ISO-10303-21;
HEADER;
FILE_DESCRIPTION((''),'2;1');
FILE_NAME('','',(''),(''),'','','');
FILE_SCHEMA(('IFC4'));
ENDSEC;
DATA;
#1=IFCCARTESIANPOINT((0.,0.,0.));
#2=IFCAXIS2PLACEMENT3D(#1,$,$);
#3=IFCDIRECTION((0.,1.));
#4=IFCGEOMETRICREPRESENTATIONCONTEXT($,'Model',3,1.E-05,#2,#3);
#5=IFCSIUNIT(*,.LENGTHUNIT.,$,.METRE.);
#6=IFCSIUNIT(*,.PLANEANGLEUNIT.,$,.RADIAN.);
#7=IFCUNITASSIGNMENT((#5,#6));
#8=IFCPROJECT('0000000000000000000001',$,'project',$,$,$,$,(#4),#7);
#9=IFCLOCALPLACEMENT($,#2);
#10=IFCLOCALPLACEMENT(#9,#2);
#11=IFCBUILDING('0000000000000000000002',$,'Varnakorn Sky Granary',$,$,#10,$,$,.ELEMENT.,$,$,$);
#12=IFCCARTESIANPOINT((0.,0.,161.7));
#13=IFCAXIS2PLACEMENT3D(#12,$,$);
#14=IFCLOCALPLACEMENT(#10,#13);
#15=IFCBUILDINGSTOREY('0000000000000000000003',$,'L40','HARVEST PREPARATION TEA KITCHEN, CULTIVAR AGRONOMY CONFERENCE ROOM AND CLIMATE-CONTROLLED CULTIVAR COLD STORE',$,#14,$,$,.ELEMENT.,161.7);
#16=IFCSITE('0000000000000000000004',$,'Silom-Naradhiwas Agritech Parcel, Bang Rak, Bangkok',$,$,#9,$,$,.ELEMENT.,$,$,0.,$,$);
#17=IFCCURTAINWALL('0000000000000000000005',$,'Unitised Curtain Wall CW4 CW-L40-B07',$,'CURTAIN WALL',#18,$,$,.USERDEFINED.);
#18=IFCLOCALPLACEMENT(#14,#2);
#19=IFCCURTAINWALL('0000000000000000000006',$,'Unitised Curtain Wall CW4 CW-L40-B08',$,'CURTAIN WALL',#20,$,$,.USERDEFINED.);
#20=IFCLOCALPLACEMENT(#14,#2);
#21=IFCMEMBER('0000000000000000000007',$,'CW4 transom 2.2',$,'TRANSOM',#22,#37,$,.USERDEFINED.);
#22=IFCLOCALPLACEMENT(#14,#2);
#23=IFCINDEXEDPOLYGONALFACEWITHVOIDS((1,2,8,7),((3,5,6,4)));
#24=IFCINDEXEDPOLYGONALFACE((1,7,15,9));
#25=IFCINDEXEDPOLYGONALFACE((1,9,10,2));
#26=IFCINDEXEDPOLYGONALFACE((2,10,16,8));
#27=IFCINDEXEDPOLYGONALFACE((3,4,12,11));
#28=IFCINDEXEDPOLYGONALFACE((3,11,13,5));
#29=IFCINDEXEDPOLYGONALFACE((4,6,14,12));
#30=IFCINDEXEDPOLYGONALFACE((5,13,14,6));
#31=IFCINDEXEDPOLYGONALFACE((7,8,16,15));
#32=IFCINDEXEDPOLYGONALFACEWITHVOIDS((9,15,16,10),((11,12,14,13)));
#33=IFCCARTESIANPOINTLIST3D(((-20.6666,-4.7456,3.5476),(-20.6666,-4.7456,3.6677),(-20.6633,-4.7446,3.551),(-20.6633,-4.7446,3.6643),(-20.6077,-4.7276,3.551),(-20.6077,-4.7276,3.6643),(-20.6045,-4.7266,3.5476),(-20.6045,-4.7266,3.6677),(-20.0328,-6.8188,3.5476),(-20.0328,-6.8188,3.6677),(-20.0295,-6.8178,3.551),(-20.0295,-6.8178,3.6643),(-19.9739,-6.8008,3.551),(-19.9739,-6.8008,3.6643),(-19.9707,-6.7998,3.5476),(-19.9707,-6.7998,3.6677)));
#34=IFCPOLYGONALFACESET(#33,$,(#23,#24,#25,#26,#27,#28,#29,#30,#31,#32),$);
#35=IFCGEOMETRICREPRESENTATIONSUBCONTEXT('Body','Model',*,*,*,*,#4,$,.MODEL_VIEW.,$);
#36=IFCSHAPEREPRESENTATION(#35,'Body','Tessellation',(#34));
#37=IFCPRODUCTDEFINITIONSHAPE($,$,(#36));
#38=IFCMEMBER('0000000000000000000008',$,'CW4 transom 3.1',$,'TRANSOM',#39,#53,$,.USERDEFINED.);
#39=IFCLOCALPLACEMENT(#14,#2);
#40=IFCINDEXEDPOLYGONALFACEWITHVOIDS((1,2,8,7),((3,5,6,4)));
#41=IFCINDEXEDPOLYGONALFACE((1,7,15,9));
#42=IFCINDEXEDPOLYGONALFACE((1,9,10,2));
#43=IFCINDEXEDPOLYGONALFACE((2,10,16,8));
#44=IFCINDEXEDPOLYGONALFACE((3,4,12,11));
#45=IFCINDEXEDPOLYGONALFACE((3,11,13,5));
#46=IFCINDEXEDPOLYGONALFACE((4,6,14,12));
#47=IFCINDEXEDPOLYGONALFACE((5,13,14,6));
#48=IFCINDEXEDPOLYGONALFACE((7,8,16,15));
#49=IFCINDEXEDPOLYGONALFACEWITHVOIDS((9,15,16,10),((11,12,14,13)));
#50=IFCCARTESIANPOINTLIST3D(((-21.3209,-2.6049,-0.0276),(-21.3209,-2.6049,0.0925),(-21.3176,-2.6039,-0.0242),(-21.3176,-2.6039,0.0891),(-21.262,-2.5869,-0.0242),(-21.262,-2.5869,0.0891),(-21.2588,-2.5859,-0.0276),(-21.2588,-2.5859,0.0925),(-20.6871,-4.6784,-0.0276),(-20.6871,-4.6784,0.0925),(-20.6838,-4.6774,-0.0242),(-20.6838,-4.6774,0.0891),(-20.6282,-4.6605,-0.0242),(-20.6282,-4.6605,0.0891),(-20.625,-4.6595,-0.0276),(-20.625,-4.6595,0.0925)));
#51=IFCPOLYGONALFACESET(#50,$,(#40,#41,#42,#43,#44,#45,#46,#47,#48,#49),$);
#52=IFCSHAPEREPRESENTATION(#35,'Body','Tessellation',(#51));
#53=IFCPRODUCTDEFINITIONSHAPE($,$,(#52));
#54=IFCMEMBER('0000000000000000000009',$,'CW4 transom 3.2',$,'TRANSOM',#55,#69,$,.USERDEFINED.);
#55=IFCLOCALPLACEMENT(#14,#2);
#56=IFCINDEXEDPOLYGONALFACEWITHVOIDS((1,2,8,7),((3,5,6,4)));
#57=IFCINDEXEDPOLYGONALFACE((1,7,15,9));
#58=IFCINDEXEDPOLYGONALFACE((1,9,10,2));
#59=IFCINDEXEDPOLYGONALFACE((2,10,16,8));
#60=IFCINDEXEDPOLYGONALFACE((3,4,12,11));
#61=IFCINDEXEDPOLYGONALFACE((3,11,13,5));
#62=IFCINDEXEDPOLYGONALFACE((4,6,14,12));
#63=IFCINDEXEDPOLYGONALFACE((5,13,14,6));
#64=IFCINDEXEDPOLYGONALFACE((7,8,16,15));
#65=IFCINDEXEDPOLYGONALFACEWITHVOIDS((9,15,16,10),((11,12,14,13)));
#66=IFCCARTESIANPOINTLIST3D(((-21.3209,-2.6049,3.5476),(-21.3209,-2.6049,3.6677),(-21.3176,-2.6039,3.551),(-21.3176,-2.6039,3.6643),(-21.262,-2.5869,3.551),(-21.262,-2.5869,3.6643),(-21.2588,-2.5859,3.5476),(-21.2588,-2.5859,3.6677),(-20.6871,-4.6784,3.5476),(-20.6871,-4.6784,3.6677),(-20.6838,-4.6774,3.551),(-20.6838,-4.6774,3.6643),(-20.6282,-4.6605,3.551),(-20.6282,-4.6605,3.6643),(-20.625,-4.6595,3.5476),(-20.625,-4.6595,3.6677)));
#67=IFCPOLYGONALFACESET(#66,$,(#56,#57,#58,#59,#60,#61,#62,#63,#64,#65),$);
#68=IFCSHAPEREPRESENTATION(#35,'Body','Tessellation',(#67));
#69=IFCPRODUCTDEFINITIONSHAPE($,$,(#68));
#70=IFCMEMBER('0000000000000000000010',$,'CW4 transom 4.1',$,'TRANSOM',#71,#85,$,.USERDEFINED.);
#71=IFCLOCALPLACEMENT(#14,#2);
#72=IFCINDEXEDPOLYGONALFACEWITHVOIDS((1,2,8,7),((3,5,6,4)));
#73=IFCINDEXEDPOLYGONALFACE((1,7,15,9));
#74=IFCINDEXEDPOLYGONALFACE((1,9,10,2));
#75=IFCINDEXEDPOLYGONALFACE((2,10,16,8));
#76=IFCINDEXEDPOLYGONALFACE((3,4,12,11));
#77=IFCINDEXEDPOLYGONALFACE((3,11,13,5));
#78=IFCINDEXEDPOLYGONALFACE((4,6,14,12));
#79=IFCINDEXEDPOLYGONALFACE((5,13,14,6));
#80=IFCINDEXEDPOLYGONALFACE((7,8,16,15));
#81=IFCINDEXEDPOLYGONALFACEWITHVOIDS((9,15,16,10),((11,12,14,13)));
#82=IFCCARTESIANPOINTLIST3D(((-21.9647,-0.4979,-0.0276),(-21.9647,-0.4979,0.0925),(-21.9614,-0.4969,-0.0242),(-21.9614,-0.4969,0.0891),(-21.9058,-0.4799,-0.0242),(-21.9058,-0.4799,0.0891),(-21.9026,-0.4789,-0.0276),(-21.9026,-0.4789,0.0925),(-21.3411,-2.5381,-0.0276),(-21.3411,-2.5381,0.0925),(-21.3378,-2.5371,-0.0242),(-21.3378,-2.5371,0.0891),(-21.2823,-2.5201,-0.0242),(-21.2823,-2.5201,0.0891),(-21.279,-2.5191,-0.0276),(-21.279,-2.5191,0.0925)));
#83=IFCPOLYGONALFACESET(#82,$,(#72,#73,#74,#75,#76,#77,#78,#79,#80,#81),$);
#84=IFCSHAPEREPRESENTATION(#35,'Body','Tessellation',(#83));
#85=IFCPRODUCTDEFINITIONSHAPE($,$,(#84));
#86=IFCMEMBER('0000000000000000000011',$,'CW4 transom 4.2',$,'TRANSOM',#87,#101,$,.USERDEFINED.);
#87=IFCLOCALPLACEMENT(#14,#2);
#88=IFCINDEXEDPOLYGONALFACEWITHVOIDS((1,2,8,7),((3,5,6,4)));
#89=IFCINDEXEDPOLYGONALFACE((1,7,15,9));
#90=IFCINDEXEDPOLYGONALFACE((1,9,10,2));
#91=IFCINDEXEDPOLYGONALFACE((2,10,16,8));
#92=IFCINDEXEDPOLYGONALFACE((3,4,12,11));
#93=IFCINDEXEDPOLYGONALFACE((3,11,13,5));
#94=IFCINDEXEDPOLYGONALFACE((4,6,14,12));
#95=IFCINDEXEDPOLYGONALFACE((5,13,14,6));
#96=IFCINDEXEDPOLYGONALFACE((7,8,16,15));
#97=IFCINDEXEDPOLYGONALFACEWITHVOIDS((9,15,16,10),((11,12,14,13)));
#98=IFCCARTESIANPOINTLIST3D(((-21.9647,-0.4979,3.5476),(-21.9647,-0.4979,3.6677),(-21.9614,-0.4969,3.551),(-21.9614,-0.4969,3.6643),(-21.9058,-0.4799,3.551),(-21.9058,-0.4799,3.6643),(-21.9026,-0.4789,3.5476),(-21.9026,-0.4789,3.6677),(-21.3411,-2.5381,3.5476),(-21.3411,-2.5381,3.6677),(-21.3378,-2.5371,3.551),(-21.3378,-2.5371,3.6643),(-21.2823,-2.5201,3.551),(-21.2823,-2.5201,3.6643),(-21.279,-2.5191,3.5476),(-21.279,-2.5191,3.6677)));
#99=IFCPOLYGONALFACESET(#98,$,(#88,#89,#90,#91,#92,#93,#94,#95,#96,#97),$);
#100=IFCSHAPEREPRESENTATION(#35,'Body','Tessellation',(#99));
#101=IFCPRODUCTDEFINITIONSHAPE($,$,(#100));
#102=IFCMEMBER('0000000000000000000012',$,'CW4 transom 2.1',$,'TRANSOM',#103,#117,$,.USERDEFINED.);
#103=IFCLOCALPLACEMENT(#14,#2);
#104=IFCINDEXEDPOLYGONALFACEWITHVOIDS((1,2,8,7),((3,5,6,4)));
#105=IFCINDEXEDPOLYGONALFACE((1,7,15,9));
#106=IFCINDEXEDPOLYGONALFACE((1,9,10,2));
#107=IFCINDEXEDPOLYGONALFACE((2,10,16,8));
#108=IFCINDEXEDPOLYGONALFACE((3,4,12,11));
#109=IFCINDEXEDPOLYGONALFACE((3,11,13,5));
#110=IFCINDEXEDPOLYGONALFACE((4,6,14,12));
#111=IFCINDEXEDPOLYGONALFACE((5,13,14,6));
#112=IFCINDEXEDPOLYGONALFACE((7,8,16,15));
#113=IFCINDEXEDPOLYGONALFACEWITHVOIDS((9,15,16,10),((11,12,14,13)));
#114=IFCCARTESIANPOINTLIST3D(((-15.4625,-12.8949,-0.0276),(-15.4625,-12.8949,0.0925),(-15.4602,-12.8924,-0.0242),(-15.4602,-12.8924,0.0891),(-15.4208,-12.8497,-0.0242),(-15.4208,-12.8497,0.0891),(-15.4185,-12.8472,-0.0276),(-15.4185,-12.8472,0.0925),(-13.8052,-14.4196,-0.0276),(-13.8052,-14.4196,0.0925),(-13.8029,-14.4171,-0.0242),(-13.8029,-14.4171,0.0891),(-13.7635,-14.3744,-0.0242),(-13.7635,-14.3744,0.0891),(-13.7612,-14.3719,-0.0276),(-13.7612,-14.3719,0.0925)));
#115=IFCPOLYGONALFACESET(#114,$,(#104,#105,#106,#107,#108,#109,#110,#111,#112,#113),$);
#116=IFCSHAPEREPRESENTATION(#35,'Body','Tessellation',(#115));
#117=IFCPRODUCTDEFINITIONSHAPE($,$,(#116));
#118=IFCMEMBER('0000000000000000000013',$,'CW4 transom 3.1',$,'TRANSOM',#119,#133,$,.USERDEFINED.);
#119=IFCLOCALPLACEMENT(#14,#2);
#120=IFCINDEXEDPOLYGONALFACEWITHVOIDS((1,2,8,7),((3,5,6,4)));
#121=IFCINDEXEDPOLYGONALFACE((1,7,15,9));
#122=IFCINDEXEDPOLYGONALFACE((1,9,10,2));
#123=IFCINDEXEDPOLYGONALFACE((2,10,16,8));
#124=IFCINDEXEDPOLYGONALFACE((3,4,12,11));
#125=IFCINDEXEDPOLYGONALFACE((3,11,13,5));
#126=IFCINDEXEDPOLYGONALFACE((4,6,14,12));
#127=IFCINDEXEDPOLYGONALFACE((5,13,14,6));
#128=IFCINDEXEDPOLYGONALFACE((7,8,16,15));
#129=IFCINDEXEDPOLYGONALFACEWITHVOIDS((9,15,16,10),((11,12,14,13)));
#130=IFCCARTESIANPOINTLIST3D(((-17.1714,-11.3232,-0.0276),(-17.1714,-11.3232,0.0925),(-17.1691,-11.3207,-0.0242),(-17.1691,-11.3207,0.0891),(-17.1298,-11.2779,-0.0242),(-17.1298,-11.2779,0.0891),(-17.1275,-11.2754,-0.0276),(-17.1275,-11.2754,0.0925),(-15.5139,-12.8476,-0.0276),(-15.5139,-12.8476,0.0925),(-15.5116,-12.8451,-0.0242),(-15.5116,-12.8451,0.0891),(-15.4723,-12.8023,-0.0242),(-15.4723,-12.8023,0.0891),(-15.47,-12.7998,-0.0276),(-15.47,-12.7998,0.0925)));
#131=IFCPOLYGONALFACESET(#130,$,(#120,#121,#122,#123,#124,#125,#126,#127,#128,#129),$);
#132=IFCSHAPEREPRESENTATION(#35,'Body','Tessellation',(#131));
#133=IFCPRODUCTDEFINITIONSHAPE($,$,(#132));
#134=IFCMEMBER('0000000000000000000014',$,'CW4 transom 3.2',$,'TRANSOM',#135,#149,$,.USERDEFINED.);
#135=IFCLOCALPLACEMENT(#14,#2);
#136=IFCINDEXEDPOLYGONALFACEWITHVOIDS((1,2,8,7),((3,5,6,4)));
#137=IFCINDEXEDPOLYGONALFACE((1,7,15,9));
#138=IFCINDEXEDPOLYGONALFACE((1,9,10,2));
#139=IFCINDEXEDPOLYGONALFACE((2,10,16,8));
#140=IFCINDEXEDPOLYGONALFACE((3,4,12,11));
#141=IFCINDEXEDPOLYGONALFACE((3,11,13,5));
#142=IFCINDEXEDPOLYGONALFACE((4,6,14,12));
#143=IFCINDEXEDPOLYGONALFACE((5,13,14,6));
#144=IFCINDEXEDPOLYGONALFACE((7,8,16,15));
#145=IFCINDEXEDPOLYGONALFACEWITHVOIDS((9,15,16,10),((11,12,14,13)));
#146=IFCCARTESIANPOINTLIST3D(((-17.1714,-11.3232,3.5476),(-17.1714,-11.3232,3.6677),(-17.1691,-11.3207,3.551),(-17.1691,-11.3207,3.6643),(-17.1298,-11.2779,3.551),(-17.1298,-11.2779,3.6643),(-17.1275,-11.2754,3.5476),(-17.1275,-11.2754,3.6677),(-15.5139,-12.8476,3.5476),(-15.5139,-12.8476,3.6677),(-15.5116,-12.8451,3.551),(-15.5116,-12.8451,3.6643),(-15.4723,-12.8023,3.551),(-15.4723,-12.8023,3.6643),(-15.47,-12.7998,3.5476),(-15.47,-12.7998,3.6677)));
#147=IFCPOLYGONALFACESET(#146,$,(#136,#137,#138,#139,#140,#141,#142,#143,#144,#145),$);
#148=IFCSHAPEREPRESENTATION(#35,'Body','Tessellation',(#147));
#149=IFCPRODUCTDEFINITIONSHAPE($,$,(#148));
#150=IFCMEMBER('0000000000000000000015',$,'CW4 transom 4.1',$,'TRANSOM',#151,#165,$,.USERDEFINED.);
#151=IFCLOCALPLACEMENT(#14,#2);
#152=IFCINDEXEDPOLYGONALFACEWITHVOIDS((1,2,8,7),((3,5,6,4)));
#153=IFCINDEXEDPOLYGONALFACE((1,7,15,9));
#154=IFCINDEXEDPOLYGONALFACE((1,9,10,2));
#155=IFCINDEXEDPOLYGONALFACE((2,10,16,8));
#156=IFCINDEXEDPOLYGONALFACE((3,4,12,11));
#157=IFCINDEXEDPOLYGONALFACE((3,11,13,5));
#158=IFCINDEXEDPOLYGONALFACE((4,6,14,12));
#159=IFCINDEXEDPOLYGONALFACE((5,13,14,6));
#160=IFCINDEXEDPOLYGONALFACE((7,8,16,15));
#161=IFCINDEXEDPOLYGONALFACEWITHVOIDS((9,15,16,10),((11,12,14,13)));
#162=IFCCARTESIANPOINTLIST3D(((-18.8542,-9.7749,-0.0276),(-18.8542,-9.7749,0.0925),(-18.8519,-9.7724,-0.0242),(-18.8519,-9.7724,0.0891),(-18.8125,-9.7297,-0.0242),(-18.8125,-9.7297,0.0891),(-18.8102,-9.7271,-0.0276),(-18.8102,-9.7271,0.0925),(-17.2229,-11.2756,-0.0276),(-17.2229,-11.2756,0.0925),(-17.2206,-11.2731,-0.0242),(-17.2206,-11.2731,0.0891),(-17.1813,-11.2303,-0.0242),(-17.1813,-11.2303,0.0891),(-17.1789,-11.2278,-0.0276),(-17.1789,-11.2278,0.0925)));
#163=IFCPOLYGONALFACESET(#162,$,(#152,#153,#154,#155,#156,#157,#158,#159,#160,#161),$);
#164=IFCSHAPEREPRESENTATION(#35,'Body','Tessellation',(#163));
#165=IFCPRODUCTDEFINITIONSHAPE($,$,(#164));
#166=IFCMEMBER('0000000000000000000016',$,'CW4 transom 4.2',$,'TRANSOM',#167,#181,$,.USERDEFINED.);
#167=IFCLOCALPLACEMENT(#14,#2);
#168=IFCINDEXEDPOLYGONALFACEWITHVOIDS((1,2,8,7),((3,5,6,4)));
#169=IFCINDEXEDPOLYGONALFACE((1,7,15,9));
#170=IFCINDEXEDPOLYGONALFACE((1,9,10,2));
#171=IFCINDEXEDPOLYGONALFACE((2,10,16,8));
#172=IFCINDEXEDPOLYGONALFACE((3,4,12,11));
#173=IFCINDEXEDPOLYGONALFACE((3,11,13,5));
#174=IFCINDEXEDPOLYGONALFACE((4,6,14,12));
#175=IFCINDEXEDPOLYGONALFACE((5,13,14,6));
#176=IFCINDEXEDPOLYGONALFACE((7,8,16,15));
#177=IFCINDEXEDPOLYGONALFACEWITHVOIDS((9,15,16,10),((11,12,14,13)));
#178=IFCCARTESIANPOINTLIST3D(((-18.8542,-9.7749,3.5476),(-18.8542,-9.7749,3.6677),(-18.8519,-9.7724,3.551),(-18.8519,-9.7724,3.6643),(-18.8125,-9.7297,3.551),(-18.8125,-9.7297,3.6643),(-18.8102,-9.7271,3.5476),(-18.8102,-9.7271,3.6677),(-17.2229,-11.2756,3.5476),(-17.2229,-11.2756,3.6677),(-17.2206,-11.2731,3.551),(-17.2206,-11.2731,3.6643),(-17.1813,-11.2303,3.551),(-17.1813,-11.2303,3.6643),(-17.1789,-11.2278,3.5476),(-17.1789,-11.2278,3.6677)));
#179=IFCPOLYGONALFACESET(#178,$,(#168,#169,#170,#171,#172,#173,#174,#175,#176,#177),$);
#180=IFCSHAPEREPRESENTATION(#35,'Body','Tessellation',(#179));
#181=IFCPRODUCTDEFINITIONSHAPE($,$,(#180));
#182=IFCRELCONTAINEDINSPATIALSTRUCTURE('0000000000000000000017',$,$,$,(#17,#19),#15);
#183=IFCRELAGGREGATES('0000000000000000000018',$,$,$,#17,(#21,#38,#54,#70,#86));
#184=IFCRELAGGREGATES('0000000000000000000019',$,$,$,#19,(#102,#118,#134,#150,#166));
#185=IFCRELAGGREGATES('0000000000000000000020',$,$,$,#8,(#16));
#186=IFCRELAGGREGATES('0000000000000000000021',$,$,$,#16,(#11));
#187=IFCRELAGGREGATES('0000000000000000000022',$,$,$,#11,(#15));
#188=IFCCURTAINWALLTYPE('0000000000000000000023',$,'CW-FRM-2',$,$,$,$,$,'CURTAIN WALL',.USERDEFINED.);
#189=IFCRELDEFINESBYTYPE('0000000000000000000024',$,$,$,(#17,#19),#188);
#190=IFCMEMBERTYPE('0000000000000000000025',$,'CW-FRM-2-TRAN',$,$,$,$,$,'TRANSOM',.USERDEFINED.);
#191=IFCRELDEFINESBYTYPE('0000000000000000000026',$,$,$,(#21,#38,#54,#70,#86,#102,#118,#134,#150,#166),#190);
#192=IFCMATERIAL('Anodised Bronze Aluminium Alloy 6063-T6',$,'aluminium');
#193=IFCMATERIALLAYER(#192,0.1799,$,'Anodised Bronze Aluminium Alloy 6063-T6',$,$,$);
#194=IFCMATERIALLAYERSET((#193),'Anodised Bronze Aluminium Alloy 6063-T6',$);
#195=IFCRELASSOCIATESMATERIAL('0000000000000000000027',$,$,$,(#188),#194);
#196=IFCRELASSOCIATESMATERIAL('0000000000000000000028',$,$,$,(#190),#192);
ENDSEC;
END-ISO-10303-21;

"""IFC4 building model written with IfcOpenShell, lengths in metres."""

from ifc_helpers import new_model, si_unit, direction, frame, origin, origin_2d, place, context, subcontext, project, spatial, hollow_rectangle, extrude, material, layer, layer_set, material_profile, profile_set, type_object, element, aggregate, save


model = new_model("IFC4")

# Units and contexts
model_context = context("Model", 3, precision=1e-05, world=origin(), true_north=direction((0.0, 1.0)))
body_context = subcontext(model_context, "Body", "Model", "MODEL_VIEW")
ifc_project = project(units=[si_unit("LENGTHUNIT", "METRE"), si_unit("PLANEANGLEUNIT", "RADIAN")], contexts=[model_context])

# Site, building, storey
site_placement = place(None, origin())
site = spatial("IfcSite", under=ifc_project, at=site_placement, Name="Silom-Naradhiwas Agritech Parcel, Bang Rak, Bangkok", CompositionType="ELEMENT", RefElevation=0.0)
building_placement = place(site_placement, origin())
building = spatial("IfcBuilding", under=site, at=building_placement, Name="Varnakorn Sky Granary", CompositionType="ELEMENT")
storey_placement = place(building_placement, frame((0.0, 0.0, 161.7)))
storey = spatial("IfcBuildingStorey", under=building, at=storey_placement, Name="L40", Description="HARVEST PREPARATION TEA KITCHEN, CULTIVAR AGRONOMY CONFERENCE ROOM AND CLIMATE-CONTROLLED CULTIVAR COLD STORE", CompositionType="ELEMENT", Elevation=161.7)

# Curtain walls
ifc_material_1 = material(Name="Anodised Bronze Aluminium Alloy 6063-T6", Category="aluminium")
ifc_layer_1 = layer(ifc_material_1, 0.1799, Name="Anodised Bronze Aluminium Alloy 6063-T6")
ifc_layer_set_1 = layer_set([ifc_layer_1], Name="Anodised Bronze Aluminium Alloy 6063-T6")
curtain_wall_type = type_object("IfcCurtainWallType", Name="CW-FRM-2", ElementType="CURTAIN WALL", PredefinedType="USERDEFINED", material=ifc_layer_set_1)
curtain_wall_1_placement = place(storey_placement, origin())
curtain_wall_1 = element("IfcCurtainWall", 1, at=curtain_wall_1_placement, inside=storey, type_object=curtain_wall_type, Name="Unitised Curtain Wall CW4 CW-L40-B07", ObjectType="CURTAIN WALL", PredefinedType="USERDEFINED")
curtain_wall_2_placement = place(storey_placement, origin())
curtain_wall_2 = element("IfcCurtainWall", 2, at=curtain_wall_2_placement, inside=storey, type_object=curtain_wall_type, Name="Unitised Curtain Wall CW4 CW-L40-B08", ObjectType="CURTAIN WALL", PredefinedType="USERDEFINED")

# Members
ifc_material_profile_1 = material_profile(ifc_material_1, hollow_rectangle(XDim=0.0649, YDim=0.1201, WallThickness=0.0034, at=origin_2d()), Name="ALU TRAN 65x120")
ifc_profile_set_1 = profile_set([ifc_material_profile_1], Name="Anodised Bronze Aluminium Alloy 6063-T6")
member_type_1 = type_object("IfcMemberType", Name="CW-FRM-2-TRAN", ElementType="TRANSOM", PredefinedType="USERDEFINED", material=ifc_profile_set_1)
member_1_placement = place(storey_placement, frame((-20.0017, -6.8093, 3.6077), z_axis=(-0.292344, 0.956313, 0.0), x_axis=(-0.956313, -0.292344, 0.0)))
member_1 = element("IfcMember", 3, at=member_1_placement, type_object=member_type_1, Name="CW4 transom 2.2", ObjectType="TRANSOM", PredefinedType="USERDEFINED", context=body_context, shape_type="SweptSolid", body=[
    extrude(hollow_rectangle(XDim=0.0649, YDim=0.1201, WallThickness=0.0034, at=origin_2d()), origin(), (0.0, 0.0, 1.0), 2.168),
])
member_2_placement = place(storey_placement, frame((-20.656, -4.6689, 0.0325), z_axis=(-0.292313, 0.956323, 0.0), x_axis=(-0.956323, -0.292313, 0.0)))
member_2 = element("IfcMember", 4, at=member_2_placement, type_object=member_type_1, Name="CW4 transom 3.1", ObjectType="TRANSOM", PredefinedType="USERDEFINED", context=body_context, shape_type="SweptSolid", body=[
    extrude(hollow_rectangle(XDim=0.0649, YDim=0.1201, WallThickness=0.0034, at=origin_2d()), origin(), (0.0, 0.0, 1.0), 2.1682),
])
member_3_placement = place(storey_placement, frame((-20.656, -4.6689, 3.6077), z_axis=(-0.292313, 0.956323, 0.0), x_axis=(-0.956323, -0.292313, 0.0)))
member_3 = element("IfcMember", 5, at=member_3_placement, type_object=member_type_1, Name="CW4 transom 3.2", ObjectType="TRANSOM", PredefinedType="USERDEFINED", context=body_context, shape_type="SweptSolid", body=[
    extrude(hollow_rectangle(XDim=0.0649, YDim=0.1201, WallThickness=0.0034, at=origin_2d()), origin(), (0.0, 0.0, 1.0), 2.1682),
])
member_4_placement = place(storey_placement, frame((-21.3101, -2.5286, 0.0325), z_axis=(-0.2923, 0.956327, 0.0), x_axis=(-0.956327, -0.2923, 0.0)))
member_4 = element("IfcMember", 6, at=member_4_placement, type_object=member_type_1, Name="CW4 transom 4.1", ObjectType="TRANSOM", PredefinedType="USERDEFINED", context=body_context, shape_type="SweptSolid", body=[
    extrude(hollow_rectangle(XDim=0.0649, YDim=0.1201, WallThickness=0.0034, at=origin_2d()), origin(), (0.0, 0.0, 1.0), 2.1333),
])
member_5_placement = place(storey_placement, frame((-21.3101, -2.5286, 3.6077), z_axis=(-0.2923, 0.956327, 0.0), x_axis=(-0.956327, -0.2923, 0.0)))
member_5 = element("IfcMember", 7, at=member_5_placement, type_object=member_type_1, Name="CW4 transom 4.2", ObjectType="TRANSOM", PredefinedType="USERDEFINED", context=body_context, shape_type="SweptSolid", body=[
    extrude(hollow_rectangle(XDim=0.0649, YDim=0.1201, WallThickness=0.0034, at=origin_2d()), origin(), (0.0, 0.0, 1.0), 2.1333),
])
member_6_placement = place(storey_placement, frame((-13.7832, -14.3958, 0.0325), z_axis=(-0.735929, 0.677059, 0.0), x_axis=(-0.677059, -0.735929, 0.0)))
member_6 = element("IfcMember", 8, at=member_6_placement, type_object=member_type_1, Name="CW4 transom 2.1", ObjectType="TRANSOM", PredefinedType="USERDEFINED", context=body_context, shape_type="SweptSolid", body=[
    extrude(hollow_rectangle(XDim=0.0649, YDim=0.1201, WallThickness=0.0034, at=origin_2d()), origin(), (0.0, 0.0, 1.0), 2.252),
])
member_7_placement = place(storey_placement, frame((-15.4919, -12.8237, 0.0325), z_axis=(-0.736033, 0.676946, 0.0), x_axis=(-0.676946, -0.736033, 0.0)))
member_7 = element("IfcMember", 9, at=member_7_placement, type_object=member_type_1, Name="CW4 transom 3.1", ObjectType="TRANSOM", PredefinedType="USERDEFINED", context=body_context, shape_type="SweptSolid", body=[
    extrude(hollow_rectangle(XDim=0.0649, YDim=0.1201, WallThickness=0.0034, at=origin_2d()), origin(), (0.0, 0.0, 1.0), 2.252),
])
member_8_placement = place(storey_placement, frame((-15.4919, -12.8237, 3.6077), z_axis=(-0.736033, 0.676946, 0.0), x_axis=(-0.676946, -0.736033, 0.0)))
member_8 = element("IfcMember", 10, at=member_8_placement, type_object=member_type_1, Name="CW4 transom 3.2", ObjectType="TRANSOM", PredefinedType="USERDEFINED", context=body_context, shape_type="SweptSolid", body=[
    extrude(hollow_rectangle(XDim=0.0649, YDim=0.1201, WallThickness=0.0034, at=origin_2d()), origin(), (0.0, 0.0, 1.0), 2.252),
])
member_9_placement = place(storey_placement, frame((-17.2009, -11.2517, 0.0325), z_axis=(-0.735955, 0.67703, 0.0), x_axis=(-0.67703, -0.735955, 0.0)))
member_9 = element("IfcMember", 11, at=member_9_placement, type_object=member_type_1, Name="CW4 transom 4.1", ObjectType="TRANSOM", PredefinedType="USERDEFINED", context=body_context, shape_type="SweptSolid", body=[
    extrude(hollow_rectangle(XDim=0.0649, YDim=0.1201, WallThickness=0.0034, at=origin_2d()), origin(), (0.0, 0.0, 1.0), 2.2166),
])
member_10_placement = place(storey_placement, frame((-17.2009, -11.2517, 3.6077), z_axis=(-0.735955, 0.67703, 0.0), x_axis=(-0.67703, -0.735955, 0.0)))
member_10 = element("IfcMember", 12, at=member_10_placement, type_object=member_type_1, Name="CW4 transom 4.2", ObjectType="TRANSOM", PredefinedType="USERDEFINED", context=body_context, shape_type="SweptSolid", body=[
    extrude(hollow_rectangle(XDim=0.0649, YDim=0.1201, WallThickness=0.0034, at=origin_2d()), origin(), (0.0, 0.0, 1.0), 2.2166),
])

aggregate(curtain_wall_1, [member_1, member_2, member_3, member_4, member_5])
aggregate(curtain_wall_2, [member_6, member_7, member_8, member_9, member_10])

save(model, "model.ifc")
